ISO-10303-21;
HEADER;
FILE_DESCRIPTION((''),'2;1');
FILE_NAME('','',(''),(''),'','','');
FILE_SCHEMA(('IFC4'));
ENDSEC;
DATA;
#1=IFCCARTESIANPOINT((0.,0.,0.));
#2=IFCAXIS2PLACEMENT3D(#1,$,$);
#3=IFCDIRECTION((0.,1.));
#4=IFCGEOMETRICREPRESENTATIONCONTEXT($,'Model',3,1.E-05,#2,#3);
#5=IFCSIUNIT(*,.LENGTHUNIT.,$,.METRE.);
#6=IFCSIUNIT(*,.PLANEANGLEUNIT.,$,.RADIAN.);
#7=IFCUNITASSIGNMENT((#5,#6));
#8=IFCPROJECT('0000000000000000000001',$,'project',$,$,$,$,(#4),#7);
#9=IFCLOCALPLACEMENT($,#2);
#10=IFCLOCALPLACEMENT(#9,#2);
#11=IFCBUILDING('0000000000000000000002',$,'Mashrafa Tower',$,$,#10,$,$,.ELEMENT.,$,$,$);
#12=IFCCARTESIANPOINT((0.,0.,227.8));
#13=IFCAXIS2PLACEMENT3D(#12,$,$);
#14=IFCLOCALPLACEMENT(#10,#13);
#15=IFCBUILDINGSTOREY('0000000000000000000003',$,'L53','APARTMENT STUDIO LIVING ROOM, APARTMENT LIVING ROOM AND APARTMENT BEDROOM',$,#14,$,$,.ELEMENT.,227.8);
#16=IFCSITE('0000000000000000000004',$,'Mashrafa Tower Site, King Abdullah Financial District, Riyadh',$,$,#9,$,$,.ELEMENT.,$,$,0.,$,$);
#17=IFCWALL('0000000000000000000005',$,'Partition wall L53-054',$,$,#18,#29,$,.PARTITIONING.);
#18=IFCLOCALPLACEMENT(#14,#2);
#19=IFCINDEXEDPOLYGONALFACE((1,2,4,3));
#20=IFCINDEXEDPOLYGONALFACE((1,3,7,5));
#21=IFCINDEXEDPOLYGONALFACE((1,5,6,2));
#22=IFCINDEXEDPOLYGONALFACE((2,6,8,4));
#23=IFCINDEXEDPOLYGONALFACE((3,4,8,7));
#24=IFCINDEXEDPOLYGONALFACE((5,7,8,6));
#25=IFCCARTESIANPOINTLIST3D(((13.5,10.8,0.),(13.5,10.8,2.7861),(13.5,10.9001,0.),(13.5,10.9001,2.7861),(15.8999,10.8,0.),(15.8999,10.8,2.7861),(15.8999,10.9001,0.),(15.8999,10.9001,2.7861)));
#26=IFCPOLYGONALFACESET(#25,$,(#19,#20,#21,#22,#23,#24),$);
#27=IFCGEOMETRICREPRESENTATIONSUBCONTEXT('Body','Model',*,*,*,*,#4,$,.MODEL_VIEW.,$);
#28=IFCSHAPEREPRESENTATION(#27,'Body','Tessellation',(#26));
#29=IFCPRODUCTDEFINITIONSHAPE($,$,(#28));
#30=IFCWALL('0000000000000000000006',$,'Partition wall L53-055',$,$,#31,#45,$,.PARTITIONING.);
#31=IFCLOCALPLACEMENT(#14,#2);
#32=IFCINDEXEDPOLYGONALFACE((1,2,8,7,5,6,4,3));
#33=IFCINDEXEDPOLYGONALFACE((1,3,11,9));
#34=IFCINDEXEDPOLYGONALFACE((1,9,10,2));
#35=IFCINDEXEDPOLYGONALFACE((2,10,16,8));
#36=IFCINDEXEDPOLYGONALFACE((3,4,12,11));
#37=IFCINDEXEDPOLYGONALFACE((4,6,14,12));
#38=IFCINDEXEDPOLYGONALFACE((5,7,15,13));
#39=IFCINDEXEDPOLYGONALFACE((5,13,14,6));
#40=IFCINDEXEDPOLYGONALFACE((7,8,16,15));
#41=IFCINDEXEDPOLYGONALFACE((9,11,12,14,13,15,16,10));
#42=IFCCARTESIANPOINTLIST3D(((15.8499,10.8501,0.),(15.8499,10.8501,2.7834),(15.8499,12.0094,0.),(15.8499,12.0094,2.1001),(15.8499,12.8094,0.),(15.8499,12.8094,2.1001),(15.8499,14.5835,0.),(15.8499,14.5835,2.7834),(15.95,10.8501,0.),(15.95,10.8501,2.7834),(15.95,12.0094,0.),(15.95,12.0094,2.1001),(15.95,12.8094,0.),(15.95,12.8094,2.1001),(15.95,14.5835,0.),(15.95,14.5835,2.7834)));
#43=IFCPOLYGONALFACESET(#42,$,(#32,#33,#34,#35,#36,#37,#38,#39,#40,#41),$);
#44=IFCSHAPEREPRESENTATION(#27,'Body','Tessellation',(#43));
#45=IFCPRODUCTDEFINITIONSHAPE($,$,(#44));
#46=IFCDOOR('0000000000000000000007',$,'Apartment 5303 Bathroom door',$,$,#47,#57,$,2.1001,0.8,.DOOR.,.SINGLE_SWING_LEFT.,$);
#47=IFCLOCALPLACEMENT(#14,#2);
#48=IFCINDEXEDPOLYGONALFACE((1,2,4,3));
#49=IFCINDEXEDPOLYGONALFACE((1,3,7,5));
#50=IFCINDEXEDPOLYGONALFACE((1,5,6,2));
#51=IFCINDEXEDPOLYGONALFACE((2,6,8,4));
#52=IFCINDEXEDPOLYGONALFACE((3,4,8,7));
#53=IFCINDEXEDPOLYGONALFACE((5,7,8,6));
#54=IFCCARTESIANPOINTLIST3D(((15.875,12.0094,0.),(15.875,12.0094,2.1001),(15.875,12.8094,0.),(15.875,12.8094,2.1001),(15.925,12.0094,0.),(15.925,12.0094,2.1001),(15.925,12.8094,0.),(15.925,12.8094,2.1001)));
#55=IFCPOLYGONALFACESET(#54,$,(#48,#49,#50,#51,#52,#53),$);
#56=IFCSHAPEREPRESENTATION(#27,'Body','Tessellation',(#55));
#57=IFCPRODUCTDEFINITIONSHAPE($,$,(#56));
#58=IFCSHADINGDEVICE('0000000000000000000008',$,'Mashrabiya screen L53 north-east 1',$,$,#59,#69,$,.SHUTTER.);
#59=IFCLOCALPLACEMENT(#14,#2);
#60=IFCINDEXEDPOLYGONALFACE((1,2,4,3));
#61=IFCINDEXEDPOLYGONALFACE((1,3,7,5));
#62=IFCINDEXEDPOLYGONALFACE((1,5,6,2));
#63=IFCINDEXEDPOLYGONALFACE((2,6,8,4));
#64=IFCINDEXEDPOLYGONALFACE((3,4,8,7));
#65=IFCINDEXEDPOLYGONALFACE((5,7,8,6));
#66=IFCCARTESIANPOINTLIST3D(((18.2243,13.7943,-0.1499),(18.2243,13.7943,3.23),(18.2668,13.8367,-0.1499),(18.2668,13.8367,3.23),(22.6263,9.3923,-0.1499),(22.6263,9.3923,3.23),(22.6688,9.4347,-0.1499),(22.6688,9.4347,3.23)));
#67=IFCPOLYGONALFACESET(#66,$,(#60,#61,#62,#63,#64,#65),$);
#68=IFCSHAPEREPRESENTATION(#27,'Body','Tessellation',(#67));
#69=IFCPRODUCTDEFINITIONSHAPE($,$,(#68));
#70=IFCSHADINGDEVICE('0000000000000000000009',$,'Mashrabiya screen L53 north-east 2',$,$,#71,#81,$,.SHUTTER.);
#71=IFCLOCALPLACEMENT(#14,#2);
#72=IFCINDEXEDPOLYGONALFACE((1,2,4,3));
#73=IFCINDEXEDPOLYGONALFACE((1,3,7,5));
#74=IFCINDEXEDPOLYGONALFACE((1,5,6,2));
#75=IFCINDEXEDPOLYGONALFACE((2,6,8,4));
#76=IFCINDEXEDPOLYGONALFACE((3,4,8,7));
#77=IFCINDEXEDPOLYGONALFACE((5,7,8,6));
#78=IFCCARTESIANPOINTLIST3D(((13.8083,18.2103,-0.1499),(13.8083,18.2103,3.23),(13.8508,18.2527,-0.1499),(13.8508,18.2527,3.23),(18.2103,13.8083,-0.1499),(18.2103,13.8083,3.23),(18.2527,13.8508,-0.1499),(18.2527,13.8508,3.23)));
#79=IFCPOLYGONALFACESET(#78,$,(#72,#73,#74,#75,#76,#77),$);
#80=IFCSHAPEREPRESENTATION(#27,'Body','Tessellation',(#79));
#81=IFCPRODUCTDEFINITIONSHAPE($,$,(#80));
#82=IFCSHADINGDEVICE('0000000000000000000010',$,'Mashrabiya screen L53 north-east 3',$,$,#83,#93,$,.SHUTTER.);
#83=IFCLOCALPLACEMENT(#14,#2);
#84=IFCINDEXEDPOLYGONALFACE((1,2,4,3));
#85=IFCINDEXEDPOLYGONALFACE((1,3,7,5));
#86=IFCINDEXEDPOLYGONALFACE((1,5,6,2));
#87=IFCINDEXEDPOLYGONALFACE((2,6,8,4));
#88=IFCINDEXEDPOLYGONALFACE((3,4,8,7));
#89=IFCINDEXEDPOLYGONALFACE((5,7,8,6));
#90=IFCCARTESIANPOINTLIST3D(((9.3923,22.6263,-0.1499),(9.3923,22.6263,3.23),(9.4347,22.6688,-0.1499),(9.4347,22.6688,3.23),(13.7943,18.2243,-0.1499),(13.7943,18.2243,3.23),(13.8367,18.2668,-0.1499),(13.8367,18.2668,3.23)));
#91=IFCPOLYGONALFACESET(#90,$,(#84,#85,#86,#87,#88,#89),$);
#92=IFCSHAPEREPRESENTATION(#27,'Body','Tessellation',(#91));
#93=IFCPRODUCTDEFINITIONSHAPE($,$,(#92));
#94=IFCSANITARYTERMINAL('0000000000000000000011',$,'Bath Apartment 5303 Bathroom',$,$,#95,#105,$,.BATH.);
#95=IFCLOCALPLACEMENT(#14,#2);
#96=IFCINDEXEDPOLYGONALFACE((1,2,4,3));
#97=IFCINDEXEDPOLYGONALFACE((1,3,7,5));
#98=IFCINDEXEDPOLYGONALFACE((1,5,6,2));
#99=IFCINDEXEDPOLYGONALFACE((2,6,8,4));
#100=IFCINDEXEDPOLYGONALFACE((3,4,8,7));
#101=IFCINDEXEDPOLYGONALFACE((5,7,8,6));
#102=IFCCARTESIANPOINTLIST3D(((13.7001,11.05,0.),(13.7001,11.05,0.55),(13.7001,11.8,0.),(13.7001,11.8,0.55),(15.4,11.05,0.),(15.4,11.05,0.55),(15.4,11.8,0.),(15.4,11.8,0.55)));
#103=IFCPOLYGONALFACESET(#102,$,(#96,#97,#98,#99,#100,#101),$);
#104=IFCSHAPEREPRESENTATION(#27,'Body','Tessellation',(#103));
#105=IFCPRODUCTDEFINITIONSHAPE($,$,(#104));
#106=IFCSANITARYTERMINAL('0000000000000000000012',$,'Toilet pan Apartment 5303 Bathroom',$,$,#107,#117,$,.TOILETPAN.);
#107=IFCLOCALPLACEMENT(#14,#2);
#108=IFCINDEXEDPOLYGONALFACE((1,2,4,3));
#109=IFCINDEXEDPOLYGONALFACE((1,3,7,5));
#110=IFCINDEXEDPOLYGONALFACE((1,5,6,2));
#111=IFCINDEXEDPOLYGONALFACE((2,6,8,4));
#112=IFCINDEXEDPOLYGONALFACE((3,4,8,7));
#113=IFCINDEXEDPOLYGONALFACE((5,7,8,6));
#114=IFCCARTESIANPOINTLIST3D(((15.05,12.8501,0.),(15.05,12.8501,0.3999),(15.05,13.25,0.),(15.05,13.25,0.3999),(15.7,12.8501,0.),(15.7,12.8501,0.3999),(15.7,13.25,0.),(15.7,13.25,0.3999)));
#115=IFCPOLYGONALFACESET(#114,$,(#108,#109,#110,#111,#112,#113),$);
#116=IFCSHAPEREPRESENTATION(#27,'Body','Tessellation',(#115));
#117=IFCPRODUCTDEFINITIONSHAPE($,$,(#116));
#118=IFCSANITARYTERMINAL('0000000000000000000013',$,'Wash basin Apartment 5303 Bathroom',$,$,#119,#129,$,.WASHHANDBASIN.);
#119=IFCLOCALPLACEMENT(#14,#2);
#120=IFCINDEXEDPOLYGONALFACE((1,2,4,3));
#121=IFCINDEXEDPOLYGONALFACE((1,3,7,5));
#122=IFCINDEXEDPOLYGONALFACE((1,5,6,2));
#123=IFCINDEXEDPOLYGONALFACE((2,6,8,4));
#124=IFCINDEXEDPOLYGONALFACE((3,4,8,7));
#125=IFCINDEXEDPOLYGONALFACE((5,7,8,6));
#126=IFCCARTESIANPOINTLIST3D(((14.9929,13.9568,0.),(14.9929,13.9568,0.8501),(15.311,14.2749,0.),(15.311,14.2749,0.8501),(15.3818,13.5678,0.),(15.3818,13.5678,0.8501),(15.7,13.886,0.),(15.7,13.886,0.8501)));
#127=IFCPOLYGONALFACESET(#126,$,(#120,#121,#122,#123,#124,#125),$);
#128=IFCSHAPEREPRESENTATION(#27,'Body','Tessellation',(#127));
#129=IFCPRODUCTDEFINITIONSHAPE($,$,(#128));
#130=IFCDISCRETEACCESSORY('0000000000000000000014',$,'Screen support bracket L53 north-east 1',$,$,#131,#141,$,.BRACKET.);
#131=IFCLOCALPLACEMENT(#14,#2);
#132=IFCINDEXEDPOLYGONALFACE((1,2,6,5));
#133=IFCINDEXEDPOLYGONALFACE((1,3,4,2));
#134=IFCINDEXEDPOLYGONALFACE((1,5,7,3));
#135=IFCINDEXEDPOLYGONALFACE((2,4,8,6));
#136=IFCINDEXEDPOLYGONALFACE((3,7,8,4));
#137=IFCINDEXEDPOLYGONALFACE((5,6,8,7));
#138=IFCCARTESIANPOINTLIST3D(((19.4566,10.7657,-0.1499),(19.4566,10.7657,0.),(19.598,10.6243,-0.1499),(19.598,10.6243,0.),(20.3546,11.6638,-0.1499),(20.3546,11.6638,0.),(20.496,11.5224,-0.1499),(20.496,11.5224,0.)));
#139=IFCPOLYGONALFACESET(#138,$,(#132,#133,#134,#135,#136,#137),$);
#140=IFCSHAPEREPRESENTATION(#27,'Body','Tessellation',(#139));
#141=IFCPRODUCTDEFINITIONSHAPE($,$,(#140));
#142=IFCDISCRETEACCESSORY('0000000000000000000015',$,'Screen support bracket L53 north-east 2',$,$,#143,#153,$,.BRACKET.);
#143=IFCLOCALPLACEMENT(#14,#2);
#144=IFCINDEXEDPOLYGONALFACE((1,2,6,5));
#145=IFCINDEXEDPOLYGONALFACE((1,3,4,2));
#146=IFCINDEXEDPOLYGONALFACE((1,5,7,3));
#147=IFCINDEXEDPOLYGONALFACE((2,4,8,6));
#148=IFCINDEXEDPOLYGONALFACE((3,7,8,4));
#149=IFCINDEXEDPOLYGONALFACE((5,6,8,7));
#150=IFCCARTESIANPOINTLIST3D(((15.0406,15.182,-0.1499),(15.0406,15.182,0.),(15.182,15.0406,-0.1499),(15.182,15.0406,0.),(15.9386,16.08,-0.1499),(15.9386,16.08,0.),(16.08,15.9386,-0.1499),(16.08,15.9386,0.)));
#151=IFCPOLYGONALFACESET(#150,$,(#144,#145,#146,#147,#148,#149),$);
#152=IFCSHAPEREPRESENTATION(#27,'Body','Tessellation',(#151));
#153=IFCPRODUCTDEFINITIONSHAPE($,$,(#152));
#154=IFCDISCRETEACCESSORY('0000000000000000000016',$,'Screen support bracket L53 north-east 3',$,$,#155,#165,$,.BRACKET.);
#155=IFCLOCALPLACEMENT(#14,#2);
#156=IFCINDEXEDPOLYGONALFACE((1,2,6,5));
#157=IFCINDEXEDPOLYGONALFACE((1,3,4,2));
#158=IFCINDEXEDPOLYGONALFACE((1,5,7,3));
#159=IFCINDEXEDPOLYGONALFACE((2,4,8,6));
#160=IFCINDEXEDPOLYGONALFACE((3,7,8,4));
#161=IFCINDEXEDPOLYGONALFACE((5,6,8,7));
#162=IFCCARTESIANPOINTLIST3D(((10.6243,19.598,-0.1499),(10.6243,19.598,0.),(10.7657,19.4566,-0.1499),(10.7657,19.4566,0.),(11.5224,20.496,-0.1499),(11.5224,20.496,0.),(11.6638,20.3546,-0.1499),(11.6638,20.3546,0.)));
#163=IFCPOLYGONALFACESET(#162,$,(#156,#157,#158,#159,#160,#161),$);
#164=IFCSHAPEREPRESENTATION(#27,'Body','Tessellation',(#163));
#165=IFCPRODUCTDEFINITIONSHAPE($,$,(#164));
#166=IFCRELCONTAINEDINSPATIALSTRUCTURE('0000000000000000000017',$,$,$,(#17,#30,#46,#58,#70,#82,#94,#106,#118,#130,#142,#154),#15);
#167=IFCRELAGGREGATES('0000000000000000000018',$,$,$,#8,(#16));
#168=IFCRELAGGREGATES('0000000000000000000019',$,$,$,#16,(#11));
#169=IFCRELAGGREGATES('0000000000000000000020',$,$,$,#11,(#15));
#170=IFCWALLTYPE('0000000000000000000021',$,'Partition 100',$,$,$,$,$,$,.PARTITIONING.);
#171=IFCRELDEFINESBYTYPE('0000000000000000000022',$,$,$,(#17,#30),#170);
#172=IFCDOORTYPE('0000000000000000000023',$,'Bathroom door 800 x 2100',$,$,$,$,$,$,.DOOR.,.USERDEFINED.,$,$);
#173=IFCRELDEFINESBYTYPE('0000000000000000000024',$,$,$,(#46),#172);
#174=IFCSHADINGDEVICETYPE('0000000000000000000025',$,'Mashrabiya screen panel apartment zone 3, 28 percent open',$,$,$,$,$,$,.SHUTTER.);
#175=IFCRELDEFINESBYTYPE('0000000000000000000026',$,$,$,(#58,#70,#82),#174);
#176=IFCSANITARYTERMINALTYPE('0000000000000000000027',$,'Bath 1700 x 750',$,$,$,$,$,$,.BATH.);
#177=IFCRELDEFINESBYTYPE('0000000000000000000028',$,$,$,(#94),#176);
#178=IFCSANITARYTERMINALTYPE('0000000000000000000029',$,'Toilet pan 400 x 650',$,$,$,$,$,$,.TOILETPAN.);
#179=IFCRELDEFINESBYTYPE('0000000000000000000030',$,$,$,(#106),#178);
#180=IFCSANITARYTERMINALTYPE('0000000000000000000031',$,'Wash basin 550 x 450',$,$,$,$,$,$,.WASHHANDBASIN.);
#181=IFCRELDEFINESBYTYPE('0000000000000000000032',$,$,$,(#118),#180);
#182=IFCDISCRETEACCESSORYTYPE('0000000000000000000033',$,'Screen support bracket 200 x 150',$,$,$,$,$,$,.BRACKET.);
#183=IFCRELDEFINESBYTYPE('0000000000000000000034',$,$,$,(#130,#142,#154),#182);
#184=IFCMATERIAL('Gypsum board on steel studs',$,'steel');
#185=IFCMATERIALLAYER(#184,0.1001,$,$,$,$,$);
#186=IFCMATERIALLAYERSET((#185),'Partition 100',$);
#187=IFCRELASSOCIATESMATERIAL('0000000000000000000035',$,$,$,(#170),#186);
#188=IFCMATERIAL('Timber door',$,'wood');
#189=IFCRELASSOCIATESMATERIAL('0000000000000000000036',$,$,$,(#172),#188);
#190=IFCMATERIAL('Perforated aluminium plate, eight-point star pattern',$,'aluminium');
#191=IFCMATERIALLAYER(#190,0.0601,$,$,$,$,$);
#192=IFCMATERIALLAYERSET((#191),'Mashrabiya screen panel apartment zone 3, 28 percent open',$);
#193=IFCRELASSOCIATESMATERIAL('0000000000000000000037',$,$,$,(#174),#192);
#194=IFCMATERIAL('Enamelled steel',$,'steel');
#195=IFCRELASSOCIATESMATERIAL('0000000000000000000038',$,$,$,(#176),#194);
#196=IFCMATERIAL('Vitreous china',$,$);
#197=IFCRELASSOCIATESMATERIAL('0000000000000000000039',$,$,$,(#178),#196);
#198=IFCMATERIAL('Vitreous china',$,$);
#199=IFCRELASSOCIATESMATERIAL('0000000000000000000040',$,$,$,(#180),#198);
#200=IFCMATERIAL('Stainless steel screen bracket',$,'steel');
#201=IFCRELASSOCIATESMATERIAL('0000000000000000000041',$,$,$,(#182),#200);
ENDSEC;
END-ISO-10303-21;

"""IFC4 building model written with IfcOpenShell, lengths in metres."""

from ifc_helpers import new_model, si_unit, direction, frame, frame_2d, origin, origin_2d, place, context, subcontext, project, spatial, rectangle, extrude, source, transform, mapped, material, layer, layer_set, type_object, type_shapes, element, fill, save


model = new_model("IFC4")

# Units and contexts
model_context = context("Model", 3, precision=1e-05, world=origin(), true_north=direction((0.0, 1.0)))
body_context = subcontext(model_context, "Body", "Model", "MODEL_VIEW")
ifc_project = project(units=[si_unit("LENGTHUNIT", "METRE"), si_unit("PLANEANGLEUNIT", "RADIAN")], contexts=[model_context])

# Site, building, storey
site_placement = place(None, origin())
site = spatial("IfcSite", under=ifc_project, at=site_placement, Name="Mashrafa Tower Site, King Abdullah Financial District, Riyadh", CompositionType="ELEMENT", RefElevation=0.0)
building_placement = place(site_placement, origin())
building = spatial("IfcBuilding", under=site, at=building_placement, Name="Mashrafa Tower", CompositionType="ELEMENT")
storey_placement = place(building_placement, frame((0.0, 0.0, 227.8)))
storey = spatial("IfcBuildingStorey", under=building, at=storey_placement, Name="L53", Description="APARTMENT STUDIO LIVING ROOM, APARTMENT LIVING ROOM AND APARTMENT BEDROOM", CompositionType="ELEMENT", Elevation=227.8)

# Wall
ifc_material_1 = material(Name="Gypsum board on steel studs", Category="steel")
ifc_layer_1 = layer(ifc_material_1, 0.1001)
ifc_layer_set_1 = layer_set([ifc_layer_1], Name="Partition 100")
wall_type_1 = type_object("IfcWallType", Name="Partition 100", PredefinedType="PARTITIONING", material=ifc_layer_set_1)
wall_1_placement = place(storey_placement, frame((13.5, 10.8501, 0.0), z_axis=(0.0, 0.0, 1.0), x_axis=(1.0, 0.0, 0.0)))
element("IfcWall", 1, at=wall_1_placement, inside=storey, type_object=wall_type_1, Name="Partition wall L53-054", PredefinedType="PARTITIONING", context=body_context, shape_type="SweptSolid", body=[
    extrude(rectangle(XDim=2.3999, YDim=0.1001, at=frame_2d((1.2, 0.0))), origin(), (0.0, 0.0, 1.0), 2.7861),
])

# Wall, opening, door
wall_2_placement = place(storey_placement, frame((15.8999, 10.8501, 0.0), z_axis=(0.0, 0.0, 1.0), x_axis=(0.0, 1.0, 0.0)))
wall_2 = element("IfcWall", 2, at=wall_2_placement, inside=storey, type_object=wall_type_1, Name="Partition wall L53-055", PredefinedType="PARTITIONING", context=body_context, shape_type="SweptSolid", body=[
    extrude(rectangle(XDim=3.7334, YDim=0.1001, at=frame_2d((1.8667, 0.0))), origin(), (0.0, 0.0, 1.0), 2.7834),
])
opening_placement = place(wall_2_placement, frame((1.1594, 0.0, 0.0)))
opening = element("IfcOpeningElement", 3, at=opening_placement, cuts=wall_2, PredefinedType="OPENING", context=body_context, shape_type="SweptSolid", body=[
    extrude(rectangle(XDim=0.8, YDim=2.1001, at=frame_2d((0.3999, 1.05))), frame((0.0, 0.0601, 0.0), z_axis=(0.0, -1.0, 0.0), x_axis=(1.0, 0.0, 0.0)), (0.0, 0.0, 1.0), 0.1201),
])
ifc_material_2 = material(Name="Timber door", Category="wood")
door_type = type_object("IfcDoorType", Name="Bathroom door 800 x 2100", OperationType="USERDEFINED", PredefinedType="DOOR", material=ifc_material_2)
door_placement = place(opening_placement, origin())
door = element("IfcDoor", 4, at=door_placement, inside=storey, type_object=door_type, Name="Apartment 5303 Bathroom door", OperationType="SINGLE_SWING_LEFT", OverallHeight=2.1001, OverallWidth=0.8, PredefinedType="DOOR", context=body_context, shape_type="SweptSolid", body=[
    extrude(rectangle(XDim=0.8, YDim=2.1001, at=frame_2d((0.3999, 1.05))), frame((0.0, 0.0249, 0.0), z_axis=(0.0, -1.0, 0.0), x_axis=(1.0, 0.0, 0.0)), (0.0, 0.0, 1.0), 0.05),
])
fill(opening, door)

# Shading devices
ifc_material_3 = material(Name="Perforated aluminium plate, eight-point star pattern", Category="aluminium")
ifc_layer_2 = layer(ifc_material_3, 0.0601)
ifc_layer_set_2 = layer_set([ifc_layer_2], Name="Mashrabiya screen panel apartment zone 3, 28 percent open")
shading_device_type = type_object("IfcShadingDeviceType", Name="Mashrabiya screen panel apartment zone 3, 28 percent open", PredefinedType="SHUTTER", material=ifc_layer_set_2)
shared_shape_1 = source(origin(), body_context, "Body", "SweptSolid", [
    extrude(rectangle(XDim=6.2253, YDim=0.0601, at=origin_2d()), origin(), (0.0, 0.0, 1.0), 3.3799),
])
type_shapes(shading_device_type, [shared_shape_1])
for number, where, z_axis, x_axis, name in (
    (5, (20.4465, 11.6145, -0.1499), (0.0, 0.0, 1.0), (-0.707107, 0.707107, 0.0), "Mashrabiya screen L53 north-east 1"),
    (6, (16.0305, 16.0305, -0.1499), (0.0, 0.0, 1.0), (-0.707107, 0.707107, 0.0), "Mashrabiya screen L53 north-east 2"),
    (7, (11.6145, 20.4465, -0.1499), (0.0, 0.0, 1.0), (-0.707107, 0.707107, 0.0), "Mashrabiya screen L53 north-east 3"),
):
    element("IfcShadingDevice", number, at=place(storey_placement, frame(where, z_axis=z_axis, x_axis=x_axis)), inside=storey, type_object=shading_device_type, Name=name, PredefinedType="SHUTTER", context=body_context, shape_type="MappedRepresentation", body=[
        mapped(shared_shape_1, transform((0.0, 0.0, 0.0))),
    ])

# Sanitary terminals
ifc_material_4 = material(Name="Enamelled steel", Category="steel")
sanitary_terminal_type_1 = type_object("IfcSanitaryTerminalType", Name="Bath 1700 x 750", PredefinedType="BATH", material=ifc_material_4)
sanitary_terminal_1_placement = place(storey_placement, frame((14.55, 11.425, 0.0), z_axis=(0.0, 0.0, 1.0), x_axis=(1.0, 0.0, 0.0)))
element("IfcSanitaryTerminal", 8, at=sanitary_terminal_1_placement, inside=storey, type_object=sanitary_terminal_type_1, Name="Bath Apartment 5303 Bathroom", PredefinedType="BATH", context=body_context, shape_type="SweptSolid", body=[
    extrude(rectangle(XDim=1.7, YDim=0.75, at=origin_2d()), origin(), (0.0, 0.0, 1.0), 0.55),
])
ifc_material_5 = material(Name="Vitreous china")
sanitary_terminal_type_2 = type_object("IfcSanitaryTerminalType", Name="Toilet pan 400 x 650", PredefinedType="TOILETPAN", material=ifc_material_5)
sanitary_terminal_2_placement = place(storey_placement, frame((15.375, 13.05, 0.0), z_axis=(0.0, 0.0, 1.0), x_axis=(0.0, 1.0, 0.0)))
element("IfcSanitaryTerminal", 9, at=sanitary_terminal_2_placement, inside=storey, type_object=sanitary_terminal_type_2, Name="Toilet pan Apartment 5303 Bathroom", PredefinedType="TOILETPAN", context=body_context, shape_type="SweptSolid", body=[
    extrude(rectangle(XDim=0.3999, YDim=0.6499, at=origin_2d()), origin(), (0.0, 0.0, 1.0), 0.3999),
])
ifc_material_6 = material(Name="Vitreous china")
sanitary_terminal_type_3 = type_object("IfcSanitaryTerminalType", Name="Wash basin 550 x 450", PredefinedType="WASHHANDBASIN", material=ifc_material_6)
sanitary_terminal_3_placement = place(storey_placement, frame((15.3464, 13.9214, 0.0), z_axis=(0.0, 0.0, 1.0), x_axis=(-0.707107, 0.707107, 0.0)))
element("IfcSanitaryTerminal", 10, at=sanitary_terminal_3_placement, inside=storey, type_object=sanitary_terminal_type_3, Name="Wash basin Apartment 5303 Bathroom", PredefinedType="WASHHANDBASIN", context=body_context, shape_type="SweptSolid", body=[
    extrude(rectangle(XDim=0.55, YDim=0.45, at=origin_2d()), origin(), (0.0, 0.0, 1.0), 0.8501),
])

# Discrete accessories
ifc_material_7 = material(Name="Stainless steel screen bracket", Category="steel")
discrete_accessory_type = type_object("IfcDiscreteAccessoryType", Name="Screen support bracket 200 x 150", PredefinedType="BRACKET", material=ifc_material_7)
shared_shape_2 = source(origin(), body_context, "Body", "SweptSolid", [
    extrude(rectangle(XDim=0.2, YDim=1.27, at=origin_2d()), origin(), (0.0, 0.0, 1.0), 0.1499),
])
type_shapes(discrete_accessory_type, [shared_shape_2])
for number, where, z_axis, x_axis, name in (
    (11, (19.9763, 11.144, -0.1499), (0.0, 0.0, 1.0), (-0.707107, 0.707107, 0.0), "Screen support bracket L53 north-east 1"),
    (12, (15.5603, 15.5603, -0.1499), (0.0, 0.0, 1.0), (-0.707107, 0.707107, 0.0), "Screen support bracket L53 north-east 2"),
    (13, (11.144, 19.9763, -0.1499), (0.0, 0.0, 1.0), (-0.707107, 0.707107, 0.0), "Screen support bracket L53 north-east 3"),
):
    element("IfcDiscreteAccessory", number, at=place(storey_placement, frame(where, z_axis=z_axis, x_axis=x_axis)), inside=storey, type_object=discrete_accessory_type, Name=name, PredefinedType="BRACKET", context=body_context, shape_type="MappedRepresentation", body=[
        mapped(shared_shape_2, transform((0.0, 0.0, 0.0))),
    ])

save(model, "model.ifc")
